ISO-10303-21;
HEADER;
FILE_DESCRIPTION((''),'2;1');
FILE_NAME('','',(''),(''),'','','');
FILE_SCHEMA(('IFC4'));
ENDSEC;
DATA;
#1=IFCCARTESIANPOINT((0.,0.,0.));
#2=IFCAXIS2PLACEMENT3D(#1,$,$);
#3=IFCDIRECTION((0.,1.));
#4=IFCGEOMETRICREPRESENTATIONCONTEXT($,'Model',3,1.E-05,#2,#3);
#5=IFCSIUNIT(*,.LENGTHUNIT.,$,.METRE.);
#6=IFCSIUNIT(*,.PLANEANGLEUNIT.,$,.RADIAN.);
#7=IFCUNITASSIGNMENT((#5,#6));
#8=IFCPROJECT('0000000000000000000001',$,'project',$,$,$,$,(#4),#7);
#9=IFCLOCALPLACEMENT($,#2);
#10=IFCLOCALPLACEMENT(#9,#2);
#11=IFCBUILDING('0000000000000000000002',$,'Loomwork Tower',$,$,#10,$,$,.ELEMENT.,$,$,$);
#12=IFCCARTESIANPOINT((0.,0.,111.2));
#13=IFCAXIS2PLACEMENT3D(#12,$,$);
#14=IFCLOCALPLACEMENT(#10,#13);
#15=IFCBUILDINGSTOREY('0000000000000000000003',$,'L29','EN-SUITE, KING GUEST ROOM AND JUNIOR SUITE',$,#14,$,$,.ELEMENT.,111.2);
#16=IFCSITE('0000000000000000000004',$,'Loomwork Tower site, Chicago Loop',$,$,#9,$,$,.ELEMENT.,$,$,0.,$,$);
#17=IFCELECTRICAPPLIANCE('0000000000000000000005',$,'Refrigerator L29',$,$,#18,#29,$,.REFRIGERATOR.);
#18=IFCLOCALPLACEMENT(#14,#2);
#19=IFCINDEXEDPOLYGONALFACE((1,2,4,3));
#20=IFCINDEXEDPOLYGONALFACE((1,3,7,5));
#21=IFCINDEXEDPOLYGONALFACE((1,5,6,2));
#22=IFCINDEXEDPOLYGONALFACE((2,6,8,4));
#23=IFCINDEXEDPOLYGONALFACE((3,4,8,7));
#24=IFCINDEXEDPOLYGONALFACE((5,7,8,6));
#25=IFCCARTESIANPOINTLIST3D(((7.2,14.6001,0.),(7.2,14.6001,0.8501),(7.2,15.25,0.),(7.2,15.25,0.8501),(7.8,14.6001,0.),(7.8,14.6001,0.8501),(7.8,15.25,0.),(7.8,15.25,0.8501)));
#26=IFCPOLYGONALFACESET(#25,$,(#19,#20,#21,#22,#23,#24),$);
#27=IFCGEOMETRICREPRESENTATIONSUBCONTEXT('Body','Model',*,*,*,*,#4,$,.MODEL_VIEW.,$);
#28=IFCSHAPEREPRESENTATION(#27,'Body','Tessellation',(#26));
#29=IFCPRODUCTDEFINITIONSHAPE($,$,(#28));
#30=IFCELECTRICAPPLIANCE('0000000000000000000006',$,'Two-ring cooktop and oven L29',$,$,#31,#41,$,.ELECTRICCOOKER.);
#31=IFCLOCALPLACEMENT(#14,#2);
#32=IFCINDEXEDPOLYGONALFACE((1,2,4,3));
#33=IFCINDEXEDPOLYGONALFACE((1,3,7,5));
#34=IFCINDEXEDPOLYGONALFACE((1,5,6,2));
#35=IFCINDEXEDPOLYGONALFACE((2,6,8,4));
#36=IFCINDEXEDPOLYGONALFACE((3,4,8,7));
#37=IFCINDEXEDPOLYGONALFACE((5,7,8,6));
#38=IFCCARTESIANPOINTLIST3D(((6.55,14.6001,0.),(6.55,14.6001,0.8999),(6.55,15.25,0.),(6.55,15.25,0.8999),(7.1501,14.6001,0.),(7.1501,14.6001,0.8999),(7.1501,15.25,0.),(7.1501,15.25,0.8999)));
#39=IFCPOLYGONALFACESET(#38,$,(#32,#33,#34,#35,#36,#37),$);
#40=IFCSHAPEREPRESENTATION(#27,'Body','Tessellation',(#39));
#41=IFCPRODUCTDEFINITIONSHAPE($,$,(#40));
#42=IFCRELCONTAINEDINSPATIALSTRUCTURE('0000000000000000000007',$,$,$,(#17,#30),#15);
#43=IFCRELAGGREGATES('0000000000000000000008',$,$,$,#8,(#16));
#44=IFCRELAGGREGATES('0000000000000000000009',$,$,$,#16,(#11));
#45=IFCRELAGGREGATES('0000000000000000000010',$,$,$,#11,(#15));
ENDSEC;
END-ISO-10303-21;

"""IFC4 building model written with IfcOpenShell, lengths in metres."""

from ifc_helpers import new_model, si_unit, direction, frame, origin, origin_2d, place, context, subcontext, project, spatial, rectangle, extrude, element, save


model = new_model("IFC4")

# Units and contexts
model_context = context("Model", 3, precision=1e-05, world=origin(), true_north=direction((0.0, 1.0)))
body_context = subcontext(model_context, "Body", "Model", "MODEL_VIEW")
ifc_project = project(units=[si_unit("LENGTHUNIT", "METRE"), si_unit("PLANEANGLEUNIT", "RADIAN")], contexts=[model_context])

# Site, building, storey
site_placement = place(None, origin())
site = spatial("IfcSite", under=ifc_project, at=site_placement, Name="Loomwork Tower site, Chicago Loop", CompositionType="ELEMENT", RefElevation=0.0)
building_placement = place(site_placement, origin())
building = spatial("IfcBuilding", under=site, at=building_placement, Name="Loomwork Tower", CompositionType="ELEMENT")
storey_placement = place(building_placement, frame((0.0, 0.0, 111.2)))
storey = spatial("IfcBuildingStorey", under=building, at=storey_placement, Name="L29", Description="EN-SUITE, KING GUEST ROOM AND JUNIOR SUITE", CompositionType="ELEMENT", Elevation=111.2)

# Electric appliances
electric_appliance_1_placement = place(storey_placement, frame((7.5, 14.925, 0.0), z_axis=(0.0, 0.0, 1.0), x_axis=(1.0, 0.0, 0.0)))
element("IfcElectricAppliance", 1, at=electric_appliance_1_placement, inside=storey, Name="Refrigerator L29", PredefinedType="REFRIGERATOR", context=body_context, shape_type="SweptSolid", body=[
    extrude(rectangle(XDim=0.6001, YDim=0.6499, at=origin_2d()), origin(), (0.0, 0.0, 1.0), 0.8501),
])
electric_appliance_2_placement = place(storey_placement, frame((6.8501, 14.925, 0.0), z_axis=(0.0, 0.0, 1.0), x_axis=(1.0, 0.0, 0.0)))
element("IfcElectricAppliance", 2, at=electric_appliance_2_placement, inside=storey, Name="Two-ring cooktop and oven L29", PredefinedType="ELECTRICCOOKER", context=body_context, shape_type="SweptSolid", body=[
    extrude(rectangle(XDim=0.6001, YDim=0.6499, at=origin_2d()), origin(), (0.0, 0.0, 1.0), 0.8999),
])

save(model, "model.ifc")
